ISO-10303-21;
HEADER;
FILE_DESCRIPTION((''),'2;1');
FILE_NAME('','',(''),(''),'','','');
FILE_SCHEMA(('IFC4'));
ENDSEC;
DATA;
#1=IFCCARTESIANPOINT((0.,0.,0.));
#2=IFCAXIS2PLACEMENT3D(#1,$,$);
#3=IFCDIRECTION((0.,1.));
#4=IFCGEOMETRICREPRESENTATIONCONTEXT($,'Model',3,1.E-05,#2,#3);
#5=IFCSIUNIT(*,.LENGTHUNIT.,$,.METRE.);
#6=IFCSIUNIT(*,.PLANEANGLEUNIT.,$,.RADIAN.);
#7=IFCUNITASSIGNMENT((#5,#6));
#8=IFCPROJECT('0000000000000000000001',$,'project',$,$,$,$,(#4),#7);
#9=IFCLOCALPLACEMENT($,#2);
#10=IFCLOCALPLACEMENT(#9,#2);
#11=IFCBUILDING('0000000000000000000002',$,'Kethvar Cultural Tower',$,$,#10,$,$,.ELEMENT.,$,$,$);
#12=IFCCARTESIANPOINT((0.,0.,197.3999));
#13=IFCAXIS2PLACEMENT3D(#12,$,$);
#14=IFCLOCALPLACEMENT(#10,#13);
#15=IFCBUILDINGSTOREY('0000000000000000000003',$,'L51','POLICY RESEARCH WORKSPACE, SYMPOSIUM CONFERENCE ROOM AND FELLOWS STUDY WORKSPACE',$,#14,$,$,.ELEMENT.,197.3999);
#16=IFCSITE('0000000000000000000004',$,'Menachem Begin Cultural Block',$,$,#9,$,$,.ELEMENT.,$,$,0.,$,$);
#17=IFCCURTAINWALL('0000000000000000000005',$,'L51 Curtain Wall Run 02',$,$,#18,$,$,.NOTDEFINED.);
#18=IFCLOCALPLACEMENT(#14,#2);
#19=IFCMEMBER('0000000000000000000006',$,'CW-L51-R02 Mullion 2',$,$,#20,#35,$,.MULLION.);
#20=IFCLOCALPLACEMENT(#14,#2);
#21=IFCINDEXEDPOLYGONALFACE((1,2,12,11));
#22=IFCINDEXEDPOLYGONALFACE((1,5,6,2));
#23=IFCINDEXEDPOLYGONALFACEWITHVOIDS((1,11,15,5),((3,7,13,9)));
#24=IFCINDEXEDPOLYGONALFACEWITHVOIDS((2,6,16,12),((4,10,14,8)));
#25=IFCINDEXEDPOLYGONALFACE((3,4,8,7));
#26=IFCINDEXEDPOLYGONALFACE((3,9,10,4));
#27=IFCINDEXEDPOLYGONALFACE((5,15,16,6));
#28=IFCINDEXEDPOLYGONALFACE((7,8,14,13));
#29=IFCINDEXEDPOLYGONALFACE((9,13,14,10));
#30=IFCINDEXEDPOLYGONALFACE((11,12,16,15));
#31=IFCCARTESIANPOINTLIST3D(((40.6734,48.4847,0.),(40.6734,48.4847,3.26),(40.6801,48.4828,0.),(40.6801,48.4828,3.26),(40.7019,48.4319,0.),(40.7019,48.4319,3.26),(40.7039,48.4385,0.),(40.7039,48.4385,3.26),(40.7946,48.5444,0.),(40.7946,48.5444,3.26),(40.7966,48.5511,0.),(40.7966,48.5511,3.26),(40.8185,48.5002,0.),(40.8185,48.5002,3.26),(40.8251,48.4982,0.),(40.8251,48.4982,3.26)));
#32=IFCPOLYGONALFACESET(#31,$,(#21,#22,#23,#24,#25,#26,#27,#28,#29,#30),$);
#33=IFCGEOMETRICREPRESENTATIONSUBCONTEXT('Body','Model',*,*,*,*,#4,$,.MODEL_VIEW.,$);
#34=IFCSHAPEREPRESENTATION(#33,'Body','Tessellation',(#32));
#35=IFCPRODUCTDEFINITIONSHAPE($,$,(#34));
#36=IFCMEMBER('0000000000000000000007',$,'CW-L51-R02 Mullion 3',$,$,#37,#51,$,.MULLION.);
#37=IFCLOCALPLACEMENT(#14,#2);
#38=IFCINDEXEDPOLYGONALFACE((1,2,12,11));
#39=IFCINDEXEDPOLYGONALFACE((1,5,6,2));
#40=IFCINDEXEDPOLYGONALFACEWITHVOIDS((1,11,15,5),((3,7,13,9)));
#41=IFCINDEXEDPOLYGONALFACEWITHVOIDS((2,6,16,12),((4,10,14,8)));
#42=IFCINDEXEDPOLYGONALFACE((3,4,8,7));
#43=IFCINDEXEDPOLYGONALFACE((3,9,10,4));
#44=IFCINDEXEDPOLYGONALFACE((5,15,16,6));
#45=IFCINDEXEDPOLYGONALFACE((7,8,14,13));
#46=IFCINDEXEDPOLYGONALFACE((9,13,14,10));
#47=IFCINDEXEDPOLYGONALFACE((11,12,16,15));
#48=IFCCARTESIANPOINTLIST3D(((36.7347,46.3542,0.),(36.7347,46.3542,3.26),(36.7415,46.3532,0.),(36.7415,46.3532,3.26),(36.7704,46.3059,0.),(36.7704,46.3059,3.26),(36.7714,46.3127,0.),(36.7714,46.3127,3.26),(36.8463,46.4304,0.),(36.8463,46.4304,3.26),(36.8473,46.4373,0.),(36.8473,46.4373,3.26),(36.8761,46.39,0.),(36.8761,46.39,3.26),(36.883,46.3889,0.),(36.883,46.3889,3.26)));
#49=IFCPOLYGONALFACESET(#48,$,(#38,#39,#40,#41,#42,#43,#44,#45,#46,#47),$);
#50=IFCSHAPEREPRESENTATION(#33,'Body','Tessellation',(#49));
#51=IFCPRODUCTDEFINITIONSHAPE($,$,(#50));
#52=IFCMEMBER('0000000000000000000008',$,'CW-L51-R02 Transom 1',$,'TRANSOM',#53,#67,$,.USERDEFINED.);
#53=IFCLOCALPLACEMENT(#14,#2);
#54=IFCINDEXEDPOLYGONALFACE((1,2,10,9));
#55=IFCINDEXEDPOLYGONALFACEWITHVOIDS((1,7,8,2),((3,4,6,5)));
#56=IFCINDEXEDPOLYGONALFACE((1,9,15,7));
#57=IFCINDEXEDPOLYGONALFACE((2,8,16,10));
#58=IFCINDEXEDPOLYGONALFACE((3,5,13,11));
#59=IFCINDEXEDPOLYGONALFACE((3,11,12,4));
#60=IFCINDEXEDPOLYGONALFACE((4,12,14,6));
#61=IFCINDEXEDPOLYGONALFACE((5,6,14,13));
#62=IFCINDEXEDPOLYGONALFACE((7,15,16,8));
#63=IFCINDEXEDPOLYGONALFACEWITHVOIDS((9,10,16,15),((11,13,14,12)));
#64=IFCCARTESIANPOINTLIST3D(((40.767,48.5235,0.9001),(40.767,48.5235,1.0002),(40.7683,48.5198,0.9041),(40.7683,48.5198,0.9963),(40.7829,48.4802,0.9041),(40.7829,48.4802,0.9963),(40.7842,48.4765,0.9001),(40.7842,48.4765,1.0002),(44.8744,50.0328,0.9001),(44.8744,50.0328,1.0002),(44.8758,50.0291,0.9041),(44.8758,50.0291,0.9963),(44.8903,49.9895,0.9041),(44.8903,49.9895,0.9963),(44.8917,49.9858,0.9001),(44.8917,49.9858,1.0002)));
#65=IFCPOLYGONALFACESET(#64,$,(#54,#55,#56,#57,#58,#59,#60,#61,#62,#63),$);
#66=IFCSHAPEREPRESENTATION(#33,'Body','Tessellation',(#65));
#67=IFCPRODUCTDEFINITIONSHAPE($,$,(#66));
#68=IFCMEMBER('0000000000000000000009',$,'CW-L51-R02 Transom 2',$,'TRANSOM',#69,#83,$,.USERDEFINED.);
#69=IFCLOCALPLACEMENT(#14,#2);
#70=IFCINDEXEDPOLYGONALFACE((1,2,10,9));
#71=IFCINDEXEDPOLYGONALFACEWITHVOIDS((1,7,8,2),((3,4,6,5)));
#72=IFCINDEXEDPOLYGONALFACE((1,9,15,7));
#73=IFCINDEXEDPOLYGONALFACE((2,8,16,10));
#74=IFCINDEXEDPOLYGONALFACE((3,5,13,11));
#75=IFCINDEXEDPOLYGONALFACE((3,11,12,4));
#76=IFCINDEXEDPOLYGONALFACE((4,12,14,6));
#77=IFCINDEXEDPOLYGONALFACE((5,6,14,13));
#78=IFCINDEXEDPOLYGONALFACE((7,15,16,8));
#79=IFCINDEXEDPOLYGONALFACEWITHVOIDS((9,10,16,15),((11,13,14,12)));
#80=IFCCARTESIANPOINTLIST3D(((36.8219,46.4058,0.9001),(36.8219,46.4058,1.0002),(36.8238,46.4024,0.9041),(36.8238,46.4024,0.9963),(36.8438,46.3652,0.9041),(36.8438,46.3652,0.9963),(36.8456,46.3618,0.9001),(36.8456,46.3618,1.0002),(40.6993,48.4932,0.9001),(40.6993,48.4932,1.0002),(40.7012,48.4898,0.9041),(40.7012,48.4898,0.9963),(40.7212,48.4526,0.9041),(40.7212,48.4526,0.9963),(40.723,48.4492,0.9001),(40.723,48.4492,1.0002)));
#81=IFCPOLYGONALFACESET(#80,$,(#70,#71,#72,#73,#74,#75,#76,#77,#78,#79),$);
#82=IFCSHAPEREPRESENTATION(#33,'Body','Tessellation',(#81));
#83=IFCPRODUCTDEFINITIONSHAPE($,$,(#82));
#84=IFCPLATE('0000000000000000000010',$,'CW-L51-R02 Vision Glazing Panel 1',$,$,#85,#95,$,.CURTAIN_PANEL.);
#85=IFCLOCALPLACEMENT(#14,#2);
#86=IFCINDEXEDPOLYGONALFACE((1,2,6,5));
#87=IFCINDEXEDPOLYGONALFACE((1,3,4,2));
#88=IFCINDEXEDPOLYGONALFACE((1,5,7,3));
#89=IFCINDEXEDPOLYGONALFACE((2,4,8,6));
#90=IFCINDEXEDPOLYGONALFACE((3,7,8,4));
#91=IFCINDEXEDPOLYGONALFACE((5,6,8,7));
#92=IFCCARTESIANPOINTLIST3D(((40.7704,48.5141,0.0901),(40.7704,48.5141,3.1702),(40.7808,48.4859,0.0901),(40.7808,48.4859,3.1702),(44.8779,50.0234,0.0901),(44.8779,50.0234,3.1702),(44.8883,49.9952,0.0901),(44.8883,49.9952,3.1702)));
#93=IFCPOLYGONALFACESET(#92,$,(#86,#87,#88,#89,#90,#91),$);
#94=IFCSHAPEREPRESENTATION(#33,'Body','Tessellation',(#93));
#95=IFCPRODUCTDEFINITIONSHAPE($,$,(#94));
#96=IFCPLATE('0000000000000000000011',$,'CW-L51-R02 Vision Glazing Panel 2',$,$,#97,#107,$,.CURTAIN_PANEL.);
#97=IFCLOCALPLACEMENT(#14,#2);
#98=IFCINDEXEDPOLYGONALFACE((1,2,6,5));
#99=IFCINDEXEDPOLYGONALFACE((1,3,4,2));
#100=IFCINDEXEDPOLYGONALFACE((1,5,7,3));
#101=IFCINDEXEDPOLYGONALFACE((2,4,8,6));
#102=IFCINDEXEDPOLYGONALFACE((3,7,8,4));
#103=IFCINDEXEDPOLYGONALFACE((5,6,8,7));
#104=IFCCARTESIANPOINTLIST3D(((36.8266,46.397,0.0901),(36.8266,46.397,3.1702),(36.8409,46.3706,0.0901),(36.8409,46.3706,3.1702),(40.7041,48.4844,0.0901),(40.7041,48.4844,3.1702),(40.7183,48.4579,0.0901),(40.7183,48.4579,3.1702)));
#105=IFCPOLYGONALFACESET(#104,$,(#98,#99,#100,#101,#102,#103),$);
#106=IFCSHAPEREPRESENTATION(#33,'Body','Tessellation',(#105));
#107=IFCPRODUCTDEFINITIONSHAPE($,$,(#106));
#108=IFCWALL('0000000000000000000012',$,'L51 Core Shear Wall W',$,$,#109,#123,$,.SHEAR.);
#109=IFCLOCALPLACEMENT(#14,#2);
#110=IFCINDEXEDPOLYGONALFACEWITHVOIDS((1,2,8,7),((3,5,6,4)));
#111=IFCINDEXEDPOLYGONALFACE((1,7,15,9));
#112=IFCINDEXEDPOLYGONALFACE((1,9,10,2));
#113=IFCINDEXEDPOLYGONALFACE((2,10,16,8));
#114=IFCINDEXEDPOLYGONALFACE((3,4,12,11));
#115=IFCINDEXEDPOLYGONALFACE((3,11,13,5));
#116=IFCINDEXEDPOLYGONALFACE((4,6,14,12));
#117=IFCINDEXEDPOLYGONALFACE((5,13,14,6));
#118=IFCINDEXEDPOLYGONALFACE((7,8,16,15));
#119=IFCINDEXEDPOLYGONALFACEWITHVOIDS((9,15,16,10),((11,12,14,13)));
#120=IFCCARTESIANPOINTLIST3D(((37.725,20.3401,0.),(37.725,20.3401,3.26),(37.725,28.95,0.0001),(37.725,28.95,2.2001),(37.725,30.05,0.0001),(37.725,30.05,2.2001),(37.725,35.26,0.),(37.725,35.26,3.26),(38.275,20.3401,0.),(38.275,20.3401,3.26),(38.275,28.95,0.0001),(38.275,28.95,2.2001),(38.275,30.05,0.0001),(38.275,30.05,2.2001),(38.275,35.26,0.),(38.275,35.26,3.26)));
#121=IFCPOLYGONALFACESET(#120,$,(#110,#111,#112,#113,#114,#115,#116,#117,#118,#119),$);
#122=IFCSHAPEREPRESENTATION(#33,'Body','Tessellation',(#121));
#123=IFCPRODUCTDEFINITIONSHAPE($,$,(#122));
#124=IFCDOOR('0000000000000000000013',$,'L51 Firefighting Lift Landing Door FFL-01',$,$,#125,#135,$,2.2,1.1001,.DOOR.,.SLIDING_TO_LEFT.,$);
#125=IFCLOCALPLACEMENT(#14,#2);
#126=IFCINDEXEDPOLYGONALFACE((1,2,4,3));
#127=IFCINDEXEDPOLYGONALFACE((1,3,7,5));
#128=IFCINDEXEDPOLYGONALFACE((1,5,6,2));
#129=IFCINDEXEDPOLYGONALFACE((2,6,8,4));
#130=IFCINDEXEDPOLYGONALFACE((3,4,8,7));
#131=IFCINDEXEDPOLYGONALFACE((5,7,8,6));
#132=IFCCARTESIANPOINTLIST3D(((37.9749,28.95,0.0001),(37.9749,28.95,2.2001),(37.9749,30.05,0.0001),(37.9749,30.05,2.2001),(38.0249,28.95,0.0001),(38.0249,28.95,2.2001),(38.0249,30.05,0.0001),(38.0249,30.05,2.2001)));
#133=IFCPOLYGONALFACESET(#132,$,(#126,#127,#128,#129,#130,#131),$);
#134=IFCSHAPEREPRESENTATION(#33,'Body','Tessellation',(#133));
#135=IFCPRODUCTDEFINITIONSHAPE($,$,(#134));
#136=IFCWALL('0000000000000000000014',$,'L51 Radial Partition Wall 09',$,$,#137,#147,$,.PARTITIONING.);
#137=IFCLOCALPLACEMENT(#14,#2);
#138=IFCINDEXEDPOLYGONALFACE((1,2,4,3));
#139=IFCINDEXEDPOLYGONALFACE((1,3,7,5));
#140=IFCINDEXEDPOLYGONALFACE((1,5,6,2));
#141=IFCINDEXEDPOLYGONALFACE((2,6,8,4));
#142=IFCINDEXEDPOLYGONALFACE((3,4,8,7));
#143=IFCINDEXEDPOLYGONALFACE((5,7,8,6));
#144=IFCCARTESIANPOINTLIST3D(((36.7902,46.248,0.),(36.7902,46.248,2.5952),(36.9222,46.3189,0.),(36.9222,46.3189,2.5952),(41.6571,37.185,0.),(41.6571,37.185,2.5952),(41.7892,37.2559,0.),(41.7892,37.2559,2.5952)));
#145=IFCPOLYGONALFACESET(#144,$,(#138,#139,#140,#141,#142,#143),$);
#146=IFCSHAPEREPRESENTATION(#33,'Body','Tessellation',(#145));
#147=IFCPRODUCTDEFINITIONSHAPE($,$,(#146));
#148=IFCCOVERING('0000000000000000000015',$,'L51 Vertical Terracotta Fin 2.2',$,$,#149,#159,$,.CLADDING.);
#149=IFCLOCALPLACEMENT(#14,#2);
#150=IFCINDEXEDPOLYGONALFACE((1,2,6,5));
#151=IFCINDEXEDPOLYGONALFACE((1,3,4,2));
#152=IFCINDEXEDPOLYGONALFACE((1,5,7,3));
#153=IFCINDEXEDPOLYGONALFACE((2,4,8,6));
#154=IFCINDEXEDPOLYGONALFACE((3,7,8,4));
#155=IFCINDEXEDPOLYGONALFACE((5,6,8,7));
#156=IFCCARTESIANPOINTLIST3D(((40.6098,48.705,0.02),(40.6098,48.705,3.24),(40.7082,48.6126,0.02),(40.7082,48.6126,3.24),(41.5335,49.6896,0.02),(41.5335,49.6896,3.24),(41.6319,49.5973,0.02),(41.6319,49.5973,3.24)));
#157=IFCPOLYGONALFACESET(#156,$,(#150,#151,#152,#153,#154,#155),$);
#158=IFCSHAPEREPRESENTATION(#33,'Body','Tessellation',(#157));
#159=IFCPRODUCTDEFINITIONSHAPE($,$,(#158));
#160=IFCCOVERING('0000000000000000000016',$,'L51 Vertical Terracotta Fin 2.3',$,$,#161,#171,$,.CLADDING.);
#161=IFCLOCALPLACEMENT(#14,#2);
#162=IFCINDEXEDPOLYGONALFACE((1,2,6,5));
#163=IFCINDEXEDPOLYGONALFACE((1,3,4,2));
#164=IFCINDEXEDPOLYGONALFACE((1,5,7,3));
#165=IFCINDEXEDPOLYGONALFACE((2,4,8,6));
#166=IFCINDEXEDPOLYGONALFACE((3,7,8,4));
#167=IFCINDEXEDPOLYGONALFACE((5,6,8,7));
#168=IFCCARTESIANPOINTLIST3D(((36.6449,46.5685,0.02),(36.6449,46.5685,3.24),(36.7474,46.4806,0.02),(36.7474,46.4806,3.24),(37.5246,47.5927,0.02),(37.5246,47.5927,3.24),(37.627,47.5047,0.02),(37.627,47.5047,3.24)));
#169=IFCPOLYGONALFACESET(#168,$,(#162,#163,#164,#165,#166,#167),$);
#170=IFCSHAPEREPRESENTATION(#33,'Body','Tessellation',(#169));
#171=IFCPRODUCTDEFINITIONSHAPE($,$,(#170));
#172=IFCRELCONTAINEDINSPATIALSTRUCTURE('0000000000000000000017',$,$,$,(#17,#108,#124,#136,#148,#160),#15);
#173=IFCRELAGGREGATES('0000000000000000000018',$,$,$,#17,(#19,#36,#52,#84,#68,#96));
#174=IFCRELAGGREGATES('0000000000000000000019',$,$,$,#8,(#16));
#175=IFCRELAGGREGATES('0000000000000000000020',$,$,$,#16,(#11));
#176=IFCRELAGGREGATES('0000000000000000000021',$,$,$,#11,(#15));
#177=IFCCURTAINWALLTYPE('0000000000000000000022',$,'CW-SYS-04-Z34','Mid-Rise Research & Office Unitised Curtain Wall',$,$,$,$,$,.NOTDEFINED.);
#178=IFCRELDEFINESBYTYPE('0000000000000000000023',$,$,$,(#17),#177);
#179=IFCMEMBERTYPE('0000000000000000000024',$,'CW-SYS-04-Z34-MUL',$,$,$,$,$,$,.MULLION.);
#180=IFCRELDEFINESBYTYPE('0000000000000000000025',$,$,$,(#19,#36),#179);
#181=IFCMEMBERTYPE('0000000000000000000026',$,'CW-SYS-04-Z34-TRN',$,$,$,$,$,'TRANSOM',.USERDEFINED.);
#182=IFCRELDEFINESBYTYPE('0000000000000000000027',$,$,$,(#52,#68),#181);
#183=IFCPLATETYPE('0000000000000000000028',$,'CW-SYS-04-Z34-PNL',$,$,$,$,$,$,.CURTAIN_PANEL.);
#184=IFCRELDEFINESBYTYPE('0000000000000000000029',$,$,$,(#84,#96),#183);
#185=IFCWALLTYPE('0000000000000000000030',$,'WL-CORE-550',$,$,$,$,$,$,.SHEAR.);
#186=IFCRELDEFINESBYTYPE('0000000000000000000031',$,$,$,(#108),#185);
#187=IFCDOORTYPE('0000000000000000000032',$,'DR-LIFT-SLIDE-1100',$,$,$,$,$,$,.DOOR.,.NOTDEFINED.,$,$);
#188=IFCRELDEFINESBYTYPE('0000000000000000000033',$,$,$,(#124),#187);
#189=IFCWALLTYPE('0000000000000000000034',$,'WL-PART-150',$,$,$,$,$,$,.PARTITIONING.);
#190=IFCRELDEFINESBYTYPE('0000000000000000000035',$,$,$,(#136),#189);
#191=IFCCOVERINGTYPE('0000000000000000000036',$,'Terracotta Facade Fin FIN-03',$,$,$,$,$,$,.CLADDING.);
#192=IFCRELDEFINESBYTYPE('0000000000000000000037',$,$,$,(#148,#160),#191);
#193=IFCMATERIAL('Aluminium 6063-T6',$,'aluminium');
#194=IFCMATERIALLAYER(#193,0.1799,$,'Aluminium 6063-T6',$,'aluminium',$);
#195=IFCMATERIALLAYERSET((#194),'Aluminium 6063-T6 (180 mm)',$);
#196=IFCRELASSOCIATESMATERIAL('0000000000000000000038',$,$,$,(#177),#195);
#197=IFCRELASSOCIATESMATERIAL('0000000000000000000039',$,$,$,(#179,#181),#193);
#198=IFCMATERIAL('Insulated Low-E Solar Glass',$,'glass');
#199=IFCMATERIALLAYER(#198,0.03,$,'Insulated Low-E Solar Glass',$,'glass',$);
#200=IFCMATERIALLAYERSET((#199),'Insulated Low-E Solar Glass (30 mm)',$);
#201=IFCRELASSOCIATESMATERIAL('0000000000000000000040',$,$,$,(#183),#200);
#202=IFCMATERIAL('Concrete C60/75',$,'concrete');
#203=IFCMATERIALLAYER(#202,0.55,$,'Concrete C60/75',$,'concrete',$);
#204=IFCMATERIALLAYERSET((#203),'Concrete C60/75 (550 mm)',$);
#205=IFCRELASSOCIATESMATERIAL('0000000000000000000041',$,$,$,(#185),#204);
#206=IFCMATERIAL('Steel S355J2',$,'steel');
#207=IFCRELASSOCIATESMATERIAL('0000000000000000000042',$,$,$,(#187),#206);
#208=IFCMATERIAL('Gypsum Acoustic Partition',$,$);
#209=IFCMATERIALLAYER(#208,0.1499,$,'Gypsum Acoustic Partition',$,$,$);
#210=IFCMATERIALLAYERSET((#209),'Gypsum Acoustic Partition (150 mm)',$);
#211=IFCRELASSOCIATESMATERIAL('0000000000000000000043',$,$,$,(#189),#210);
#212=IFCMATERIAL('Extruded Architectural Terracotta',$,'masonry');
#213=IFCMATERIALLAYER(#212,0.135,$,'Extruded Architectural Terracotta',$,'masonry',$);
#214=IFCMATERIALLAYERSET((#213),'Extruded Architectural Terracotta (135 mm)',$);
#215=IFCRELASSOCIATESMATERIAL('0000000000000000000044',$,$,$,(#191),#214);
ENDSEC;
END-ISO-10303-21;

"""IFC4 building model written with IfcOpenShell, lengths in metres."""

from ifc_helpers import new_model, si_unit, direction, frame, frame_2d, origin, origin_2d, place, context, subcontext, project, spatial, rectangle, hollow_rectangle, extrude, source, transform, mapped, material, layer, layer_set, material_profile, profile_set, type_object, element, fill, aggregate, save


model = new_model("IFC4")

# Units and contexts
model_context = context("Model", 3, precision=1e-05, world=origin(), true_north=direction((0.0, 1.0)))
body_context = subcontext(model_context, "Body", "Model", "MODEL_VIEW")
ifc_project = project(units=[si_unit("LENGTHUNIT", "METRE"), si_unit("PLANEANGLEUNIT", "RADIAN")], contexts=[model_context])

# Site, building, storey
site_placement = place(None, origin())
site = spatial("IfcSite", under=ifc_project, at=site_placement, Name="Menachem Begin Cultural Block", CompositionType="ELEMENT", RefElevation=0.0)
building_placement = place(site_placement, origin())
building = spatial("IfcBuilding", under=site, at=building_placement, Name="Kethvar Cultural Tower", CompositionType="ELEMENT")
storey_placement = place(building_placement, frame((0.0, 0.0, 197.3999)))
storey = spatial("IfcBuildingStorey", under=building, at=storey_placement, Name="L51", Description="POLICY RESEARCH WORKSPACE, SYMPOSIUM CONFERENCE ROOM AND FELLOWS STUDY WORKSPACE", CompositionType="ELEMENT", Elevation=197.3999)

# Shared definitions
ifc_material_1 = material(Name="Steel S355J2", Category="steel")

# Shared definitions
ifc_material_2 = material(Name="Aluminium 6063-T6", Category="aluminium")
ifc_layer_1 = layer(ifc_material_2, 0.1799, Name="Aluminium 6063-T6", Category="aluminium")
ifc_layer_set_1 = layer_set([ifc_layer_1], Name="Aluminium 6063-T6 (180 mm)")
curtain_wall_type = type_object("IfcCurtainWallType", Name="CW-SYS-04-Z34", Description="Mid-Rise Research & Office Unitised Curtain Wall", PredefinedType="NOTDEFINED", material=ifc_layer_set_1)
ifc_material_profile_1 = material_profile(ifc_material_2, hollow_rectangle(XDim=0.0601, YDim=0.1399, WallThickness=0.0049, at=origin_2d()), Name="Aluminium 6063-T6 — RHS140x60x5")
ifc_profile_set_1 = profile_set([ifc_material_profile_1], Name="Aluminium 6063-T6 — RHS140x60x5")
member_type_1 = type_object("IfcMemberType", Name="CW-SYS-04-Z34-MUL", PredefinedType="MULLION", material=ifc_profile_set_1)
shared_shape_1 = source(origin(), body_context, "Body", "SweptSolid", [
    extrude(hollow_rectangle(XDim=0.0601, YDim=0.1399, WallThickness=0.0049, at=origin_2d()), origin(), (0.0, 0.0, 1.0), 3.26),
])

# Curtain wall, members, plates
curtain_wall_1_placement = place(storey_placement, origin())
curtain_wall_1 = element("IfcCurtainWall", 1, at=curtain_wall_1_placement, inside=storey, type_object=curtain_wall_type, Name="L51 Curtain Wall Run 02", PredefinedType="NOTDEFINED")
member_1_placement = place(storey_placement, frame((40.7493, 48.4915, 0.0), z_axis=(0.0, 0.0, 1.0), x_axis=(0.474011, -0.880519, 0.0)))
member_1 = element("IfcMember", 2, at=member_1_placement, type_object=member_type_1, Name="CW-L51-R02 Mullion 2", PredefinedType="MULLION", context=body_context, shape_type="MappedRepresentation", body=[
    mapped(shared_shape_1, transform((0.0, 0.0, 0.0), scale=1.0)),
])
member_2_placement = place(storey_placement, frame((36.8088, 46.3716, 0.0), z_axis=(0.0, 0.0, 1.0), x_axis=(0.593573, -0.80478, 0.0)))
member_2 = element("IfcMember", 3, at=member_2_placement, type_object=member_type_1, Name="CW-L51-R02 Mullion 3", PredefinedType="MULLION", context=body_context, shape_type="MappedRepresentation", body=[
    mapped(shared_shape_1, transform((0.0, 0.0, 0.0), scale=1.0)),
])
ifc_material_profile_2 = material_profile(ifc_material_2, hollow_rectangle(XDim=0.05, YDim=0.1001, WallThickness=0.0039, at=origin_2d()), Name="Aluminium 6063-T6 — RHS100x50x4")
ifc_profile_set_2 = profile_set([ifc_material_profile_2], Name="Aluminium 6063-T6 — RHS100x50x4")
member_type_2 = type_object("IfcMemberType", Name="CW-SYS-04-Z34-TRN", ElementType="TRANSOM", PredefinedType="USERDEFINED", material=ifc_profile_set_2)
shared_shape_2 = source(origin(), body_context, "Body", "SweptSolid", [
    extrude(hollow_rectangle(XDim=0.05, YDim=0.1001, WallThickness=0.0039, at=origin_2d()), origin(), (0.0, 0.0, 1.0), 4.376),
])
member_3_placement = place(storey_placement, frame((44.8831, 50.0093, 0.9502), z_axis=(-0.938638, -0.344904, 0.0), x_axis=(0.344904, -0.938638, 0.0)))
member_3 = element("IfcMember", 4, at=member_3_placement, type_object=member_type_2, Name="CW-L51-R02 Transom 1", ObjectType="TRANSOM", PredefinedType="USERDEFINED", context=body_context, shape_type="MappedRepresentation", body=[
    mapped(shared_shape_2, transform((0.0, 0.0, 0.0), scale=1.0)),
])
shared_shape_3 = source(origin(), body_context, "Body", "SweptSolid", [
    extrude(hollow_rectangle(XDim=0.05, YDim=0.1001, WallThickness=0.0039, at=origin_2d()), origin(), (0.0, 0.0, 1.0), 4.4036),
])
member_4_placement = place(storey_placement, frame((40.7112, 48.4712, 0.9502), z_axis=(-0.880514, -0.47402, 0.0), x_axis=(0.47402, -0.880514, 0.0)))
member_4 = element("IfcMember", 5, at=member_4_placement, type_object=member_type_2, Name="CW-L51-R02 Transom 2", ObjectType="TRANSOM", PredefinedType="USERDEFINED", context=body_context, shape_type="MappedRepresentation", body=[
    mapped(shared_shape_3, transform((0.0, 0.0, 0.0), scale=1.0)),
])
ifc_material_3 = material(Name="Insulated Low-E Solar Glass", Category="glass")
ifc_layer_2 = layer(ifc_material_3, 0.03, Name="Insulated Low-E Solar Glass", Category="glass")
ifc_layer_set_2 = layer_set([ifc_layer_2], Name="Insulated Low-E Solar Glass (30 mm)")
plate_type = type_object("IfcPlateType", Name="CW-SYS-04-Z34-PNL", PredefinedType="CURTAIN_PANEL", material=ifc_layer_set_2)
shared_shape_4 = source(origin(), body_context, "Body", "SweptSolid", [
    extrude(rectangle(XDim=4.376, YDim=0.03, at=origin_2d()), origin(), (0.0, 0.0, 1.0), 3.0801),
])
plate_1_placement = place(storey_placement, frame((42.8293, 49.2546, 0.0901), z_axis=(0.0, 0.0, 1.0), x_axis=(-0.938638, -0.344905, 0.0)))
plate_1 = element("IfcPlate", 6, at=plate_1_placement, type_object=plate_type, Name="CW-L51-R02 Vision Glazing Panel 1", PredefinedType="CURTAIN_PANEL", context=body_context, shape_type="MappedRepresentation", body=[
    mapped(shared_shape_4, transform((0.0, 0.0, 0.0), scale=1.0)),
])
shared_shape_5 = source(origin(), body_context, "Body", "SweptSolid", [
    extrude(rectangle(XDim=4.4036, YDim=0.03, at=origin_2d()), origin(), (0.0, 0.0, 1.0), 3.0801),
])
plate_2_placement = place(storey_placement, frame((38.7725, 47.4275, 0.0901), z_axis=(0.0, 0.0, 1.0), x_axis=(-0.880519, -0.474011, 0.0)))
plate_2 = element("IfcPlate", 7, at=plate_2_placement, type_object=plate_type, Name="CW-L51-R02 Vision Glazing Panel 2", PredefinedType="CURTAIN_PANEL", context=body_context, shape_type="MappedRepresentation", body=[
    mapped(shared_shape_5, transform((0.0, 0.0, 0.0), scale=1.0)),
])
aggregate(curtain_wall_1, [member_1, member_2, member_3, plate_1, member_4, plate_2])

# Wall, opening, door
ifc_material_4 = material(Name="Concrete C60/75", Category="concrete")
ifc_layer_3 = layer(ifc_material_4, 0.55, Name="Concrete C60/75", Category="concrete")
ifc_layer_set_3 = layer_set([ifc_layer_3], Name="Concrete C60/75 (550 mm)")
wall_type_1 = type_object("IfcWallType", Name="WL-CORE-550", PredefinedType="SHEAR", material=ifc_layer_set_3)
wall_1_placement = place(storey_placement, frame((38.0, 35.26, 0.0), z_axis=(0.0, 0.0, 1.0), x_axis=(0.0, -1.0, 0.0)))
wall_1 = element("IfcWall", 8, at=wall_1_placement, inside=storey, type_object=wall_type_1, Name="L51 Core Shear Wall W", PredefinedType="SHEAR", context=body_context, shape_type="SweptSolid", body=[
    extrude(rectangle(XDim=14.9199, YDim=0.55, at=frame_2d((7.46, 0.0))), origin(), (0.0, 0.0, 1.0), 3.26),
])
opening_placement = place(wall_1_placement, frame((5.21, 0.0, 0.0)))
opening = element("IfcOpeningElement", 9, at=opening_placement, cuts=wall_1, PredefinedType="OPENING", context=body_context, shape_type="SweptSolid", body=[
    extrude(rectangle(XDim=1.1001, YDim=2.2, at=frame_2d((0.55, 1.1001))), frame((0.0, 0.2849, 0.0), z_axis=(0.0, -1.0, 0.0), x_axis=(1.0, 0.0, 0.0)), (0.0, 0.0, 1.0), 0.5701),
])
door_type = type_object("IfcDoorType", Name="DR-LIFT-SLIDE-1100", OperationType="NOTDEFINED", PredefinedType="DOOR", material=ifc_material_1)
shared_shape_6 = source(origin(), body_context, "Body", "SweptSolid", [
    extrude(rectangle(XDim=1.1001, YDim=2.2, at=frame_2d((0.55, 1.1001))), frame((0.0, 0.0249, 0.0), z_axis=(0.0, -1.0, 0.0), x_axis=(1.0, 0.0, 0.0)), (0.0, 0.0, 1.0), 0.05),
])
door_placement = place(opening_placement, origin())
door = element("IfcDoor", 10, at=door_placement, inside=storey, type_object=door_type, Name="L51 Firefighting Lift Landing Door FFL-01", OperationType="SLIDING_TO_LEFT", OverallHeight=2.2, OverallWidth=1.1001, PredefinedType="DOOR", context=body_context, shape_type="MappedRepresentation", body=[
    mapped(shared_shape_6, transform((0.0, 0.0, 0.0), scale=1.0)),
])
fill(opening, door)

# Wall
ifc_material_5 = material(Name="Gypsum Acoustic Partition")
ifc_layer_4 = layer(ifc_material_5, 0.1499, Name="Gypsum Acoustic Partition")
ifc_layer_set_4 = layer_set([ifc_layer_4], Name="Gypsum Acoustic Partition (150 mm)")
wall_type_2 = type_object("IfcWallType", Name="WL-PART-150", PredefinedType="PARTITIONING", material=ifc_layer_set_4)
wall_2_placement = place(storey_placement, frame((41.7231, 37.2205, 0.0), z_axis=(0.0, 0.0, 1.0), x_axis=(-0.47311, 0.881003, 0.0)))
element("IfcWall", 11, at=wall_2_placement, inside=storey, type_object=wall_type_2, Name="L51 Radial Partition Wall 09", PredefinedType="PARTITIONING", context=body_context, shape_type="SweptSolid", body=[
    extrude(rectangle(XDim=10.2871, YDim=0.1499, at=frame_2d((5.1436, 0.0))), origin(), (0.0, 0.0, 1.0), 2.5952),
])

# Coverings
ifc_material_6 = material(Name="Extruded Architectural Terracotta", Category="masonry")
ifc_layer_5 = layer(ifc_material_6, 0.135, Name="Extruded Architectural Terracotta", Category="masonry")
ifc_layer_set_5 = layer_set([ifc_layer_5], Name="Extruded Architectural Terracotta (135 mm)")
covering_type = type_object("IfcCoveringType", Name="Terracotta Facade Fin FIN-03", PredefinedType="CLADDING", material=ifc_layer_set_5)
shared_shape_7 = source(origin(), body_context, "Body", "SweptSolid", [
    extrude(rectangle(XDim=1.3501, YDim=0.135, at=origin_2d()), origin(), (0.0, 0.0, 1.0), 3.22),
])
for number, where, z_axis, x_axis, name in (
    (12, (41.1208, 49.1511, 0.02), (0.0, 0.0, 1.0), (0.684165, 0.729327, 0.0), "L51 Vertical Terracotta Fin 2.2"),
    (13, (37.136, 47.0366, 0.02), (0.0, 0.0, 1.0), (0.651569, 0.758589, 0.0), "L51 Vertical Terracotta Fin 2.3"),
):
    element("IfcCovering", number, at=place(storey_placement, frame(where, z_axis=z_axis, x_axis=x_axis)), inside=storey, type_object=covering_type, Name=name, PredefinedType="CLADDING", context=body_context, shape_type="MappedRepresentation", body=[
        mapped(shared_shape_7, transform((0.0, 0.0, 0.0), scale=1.0)),
    ])

save(model, "model.ifc")
